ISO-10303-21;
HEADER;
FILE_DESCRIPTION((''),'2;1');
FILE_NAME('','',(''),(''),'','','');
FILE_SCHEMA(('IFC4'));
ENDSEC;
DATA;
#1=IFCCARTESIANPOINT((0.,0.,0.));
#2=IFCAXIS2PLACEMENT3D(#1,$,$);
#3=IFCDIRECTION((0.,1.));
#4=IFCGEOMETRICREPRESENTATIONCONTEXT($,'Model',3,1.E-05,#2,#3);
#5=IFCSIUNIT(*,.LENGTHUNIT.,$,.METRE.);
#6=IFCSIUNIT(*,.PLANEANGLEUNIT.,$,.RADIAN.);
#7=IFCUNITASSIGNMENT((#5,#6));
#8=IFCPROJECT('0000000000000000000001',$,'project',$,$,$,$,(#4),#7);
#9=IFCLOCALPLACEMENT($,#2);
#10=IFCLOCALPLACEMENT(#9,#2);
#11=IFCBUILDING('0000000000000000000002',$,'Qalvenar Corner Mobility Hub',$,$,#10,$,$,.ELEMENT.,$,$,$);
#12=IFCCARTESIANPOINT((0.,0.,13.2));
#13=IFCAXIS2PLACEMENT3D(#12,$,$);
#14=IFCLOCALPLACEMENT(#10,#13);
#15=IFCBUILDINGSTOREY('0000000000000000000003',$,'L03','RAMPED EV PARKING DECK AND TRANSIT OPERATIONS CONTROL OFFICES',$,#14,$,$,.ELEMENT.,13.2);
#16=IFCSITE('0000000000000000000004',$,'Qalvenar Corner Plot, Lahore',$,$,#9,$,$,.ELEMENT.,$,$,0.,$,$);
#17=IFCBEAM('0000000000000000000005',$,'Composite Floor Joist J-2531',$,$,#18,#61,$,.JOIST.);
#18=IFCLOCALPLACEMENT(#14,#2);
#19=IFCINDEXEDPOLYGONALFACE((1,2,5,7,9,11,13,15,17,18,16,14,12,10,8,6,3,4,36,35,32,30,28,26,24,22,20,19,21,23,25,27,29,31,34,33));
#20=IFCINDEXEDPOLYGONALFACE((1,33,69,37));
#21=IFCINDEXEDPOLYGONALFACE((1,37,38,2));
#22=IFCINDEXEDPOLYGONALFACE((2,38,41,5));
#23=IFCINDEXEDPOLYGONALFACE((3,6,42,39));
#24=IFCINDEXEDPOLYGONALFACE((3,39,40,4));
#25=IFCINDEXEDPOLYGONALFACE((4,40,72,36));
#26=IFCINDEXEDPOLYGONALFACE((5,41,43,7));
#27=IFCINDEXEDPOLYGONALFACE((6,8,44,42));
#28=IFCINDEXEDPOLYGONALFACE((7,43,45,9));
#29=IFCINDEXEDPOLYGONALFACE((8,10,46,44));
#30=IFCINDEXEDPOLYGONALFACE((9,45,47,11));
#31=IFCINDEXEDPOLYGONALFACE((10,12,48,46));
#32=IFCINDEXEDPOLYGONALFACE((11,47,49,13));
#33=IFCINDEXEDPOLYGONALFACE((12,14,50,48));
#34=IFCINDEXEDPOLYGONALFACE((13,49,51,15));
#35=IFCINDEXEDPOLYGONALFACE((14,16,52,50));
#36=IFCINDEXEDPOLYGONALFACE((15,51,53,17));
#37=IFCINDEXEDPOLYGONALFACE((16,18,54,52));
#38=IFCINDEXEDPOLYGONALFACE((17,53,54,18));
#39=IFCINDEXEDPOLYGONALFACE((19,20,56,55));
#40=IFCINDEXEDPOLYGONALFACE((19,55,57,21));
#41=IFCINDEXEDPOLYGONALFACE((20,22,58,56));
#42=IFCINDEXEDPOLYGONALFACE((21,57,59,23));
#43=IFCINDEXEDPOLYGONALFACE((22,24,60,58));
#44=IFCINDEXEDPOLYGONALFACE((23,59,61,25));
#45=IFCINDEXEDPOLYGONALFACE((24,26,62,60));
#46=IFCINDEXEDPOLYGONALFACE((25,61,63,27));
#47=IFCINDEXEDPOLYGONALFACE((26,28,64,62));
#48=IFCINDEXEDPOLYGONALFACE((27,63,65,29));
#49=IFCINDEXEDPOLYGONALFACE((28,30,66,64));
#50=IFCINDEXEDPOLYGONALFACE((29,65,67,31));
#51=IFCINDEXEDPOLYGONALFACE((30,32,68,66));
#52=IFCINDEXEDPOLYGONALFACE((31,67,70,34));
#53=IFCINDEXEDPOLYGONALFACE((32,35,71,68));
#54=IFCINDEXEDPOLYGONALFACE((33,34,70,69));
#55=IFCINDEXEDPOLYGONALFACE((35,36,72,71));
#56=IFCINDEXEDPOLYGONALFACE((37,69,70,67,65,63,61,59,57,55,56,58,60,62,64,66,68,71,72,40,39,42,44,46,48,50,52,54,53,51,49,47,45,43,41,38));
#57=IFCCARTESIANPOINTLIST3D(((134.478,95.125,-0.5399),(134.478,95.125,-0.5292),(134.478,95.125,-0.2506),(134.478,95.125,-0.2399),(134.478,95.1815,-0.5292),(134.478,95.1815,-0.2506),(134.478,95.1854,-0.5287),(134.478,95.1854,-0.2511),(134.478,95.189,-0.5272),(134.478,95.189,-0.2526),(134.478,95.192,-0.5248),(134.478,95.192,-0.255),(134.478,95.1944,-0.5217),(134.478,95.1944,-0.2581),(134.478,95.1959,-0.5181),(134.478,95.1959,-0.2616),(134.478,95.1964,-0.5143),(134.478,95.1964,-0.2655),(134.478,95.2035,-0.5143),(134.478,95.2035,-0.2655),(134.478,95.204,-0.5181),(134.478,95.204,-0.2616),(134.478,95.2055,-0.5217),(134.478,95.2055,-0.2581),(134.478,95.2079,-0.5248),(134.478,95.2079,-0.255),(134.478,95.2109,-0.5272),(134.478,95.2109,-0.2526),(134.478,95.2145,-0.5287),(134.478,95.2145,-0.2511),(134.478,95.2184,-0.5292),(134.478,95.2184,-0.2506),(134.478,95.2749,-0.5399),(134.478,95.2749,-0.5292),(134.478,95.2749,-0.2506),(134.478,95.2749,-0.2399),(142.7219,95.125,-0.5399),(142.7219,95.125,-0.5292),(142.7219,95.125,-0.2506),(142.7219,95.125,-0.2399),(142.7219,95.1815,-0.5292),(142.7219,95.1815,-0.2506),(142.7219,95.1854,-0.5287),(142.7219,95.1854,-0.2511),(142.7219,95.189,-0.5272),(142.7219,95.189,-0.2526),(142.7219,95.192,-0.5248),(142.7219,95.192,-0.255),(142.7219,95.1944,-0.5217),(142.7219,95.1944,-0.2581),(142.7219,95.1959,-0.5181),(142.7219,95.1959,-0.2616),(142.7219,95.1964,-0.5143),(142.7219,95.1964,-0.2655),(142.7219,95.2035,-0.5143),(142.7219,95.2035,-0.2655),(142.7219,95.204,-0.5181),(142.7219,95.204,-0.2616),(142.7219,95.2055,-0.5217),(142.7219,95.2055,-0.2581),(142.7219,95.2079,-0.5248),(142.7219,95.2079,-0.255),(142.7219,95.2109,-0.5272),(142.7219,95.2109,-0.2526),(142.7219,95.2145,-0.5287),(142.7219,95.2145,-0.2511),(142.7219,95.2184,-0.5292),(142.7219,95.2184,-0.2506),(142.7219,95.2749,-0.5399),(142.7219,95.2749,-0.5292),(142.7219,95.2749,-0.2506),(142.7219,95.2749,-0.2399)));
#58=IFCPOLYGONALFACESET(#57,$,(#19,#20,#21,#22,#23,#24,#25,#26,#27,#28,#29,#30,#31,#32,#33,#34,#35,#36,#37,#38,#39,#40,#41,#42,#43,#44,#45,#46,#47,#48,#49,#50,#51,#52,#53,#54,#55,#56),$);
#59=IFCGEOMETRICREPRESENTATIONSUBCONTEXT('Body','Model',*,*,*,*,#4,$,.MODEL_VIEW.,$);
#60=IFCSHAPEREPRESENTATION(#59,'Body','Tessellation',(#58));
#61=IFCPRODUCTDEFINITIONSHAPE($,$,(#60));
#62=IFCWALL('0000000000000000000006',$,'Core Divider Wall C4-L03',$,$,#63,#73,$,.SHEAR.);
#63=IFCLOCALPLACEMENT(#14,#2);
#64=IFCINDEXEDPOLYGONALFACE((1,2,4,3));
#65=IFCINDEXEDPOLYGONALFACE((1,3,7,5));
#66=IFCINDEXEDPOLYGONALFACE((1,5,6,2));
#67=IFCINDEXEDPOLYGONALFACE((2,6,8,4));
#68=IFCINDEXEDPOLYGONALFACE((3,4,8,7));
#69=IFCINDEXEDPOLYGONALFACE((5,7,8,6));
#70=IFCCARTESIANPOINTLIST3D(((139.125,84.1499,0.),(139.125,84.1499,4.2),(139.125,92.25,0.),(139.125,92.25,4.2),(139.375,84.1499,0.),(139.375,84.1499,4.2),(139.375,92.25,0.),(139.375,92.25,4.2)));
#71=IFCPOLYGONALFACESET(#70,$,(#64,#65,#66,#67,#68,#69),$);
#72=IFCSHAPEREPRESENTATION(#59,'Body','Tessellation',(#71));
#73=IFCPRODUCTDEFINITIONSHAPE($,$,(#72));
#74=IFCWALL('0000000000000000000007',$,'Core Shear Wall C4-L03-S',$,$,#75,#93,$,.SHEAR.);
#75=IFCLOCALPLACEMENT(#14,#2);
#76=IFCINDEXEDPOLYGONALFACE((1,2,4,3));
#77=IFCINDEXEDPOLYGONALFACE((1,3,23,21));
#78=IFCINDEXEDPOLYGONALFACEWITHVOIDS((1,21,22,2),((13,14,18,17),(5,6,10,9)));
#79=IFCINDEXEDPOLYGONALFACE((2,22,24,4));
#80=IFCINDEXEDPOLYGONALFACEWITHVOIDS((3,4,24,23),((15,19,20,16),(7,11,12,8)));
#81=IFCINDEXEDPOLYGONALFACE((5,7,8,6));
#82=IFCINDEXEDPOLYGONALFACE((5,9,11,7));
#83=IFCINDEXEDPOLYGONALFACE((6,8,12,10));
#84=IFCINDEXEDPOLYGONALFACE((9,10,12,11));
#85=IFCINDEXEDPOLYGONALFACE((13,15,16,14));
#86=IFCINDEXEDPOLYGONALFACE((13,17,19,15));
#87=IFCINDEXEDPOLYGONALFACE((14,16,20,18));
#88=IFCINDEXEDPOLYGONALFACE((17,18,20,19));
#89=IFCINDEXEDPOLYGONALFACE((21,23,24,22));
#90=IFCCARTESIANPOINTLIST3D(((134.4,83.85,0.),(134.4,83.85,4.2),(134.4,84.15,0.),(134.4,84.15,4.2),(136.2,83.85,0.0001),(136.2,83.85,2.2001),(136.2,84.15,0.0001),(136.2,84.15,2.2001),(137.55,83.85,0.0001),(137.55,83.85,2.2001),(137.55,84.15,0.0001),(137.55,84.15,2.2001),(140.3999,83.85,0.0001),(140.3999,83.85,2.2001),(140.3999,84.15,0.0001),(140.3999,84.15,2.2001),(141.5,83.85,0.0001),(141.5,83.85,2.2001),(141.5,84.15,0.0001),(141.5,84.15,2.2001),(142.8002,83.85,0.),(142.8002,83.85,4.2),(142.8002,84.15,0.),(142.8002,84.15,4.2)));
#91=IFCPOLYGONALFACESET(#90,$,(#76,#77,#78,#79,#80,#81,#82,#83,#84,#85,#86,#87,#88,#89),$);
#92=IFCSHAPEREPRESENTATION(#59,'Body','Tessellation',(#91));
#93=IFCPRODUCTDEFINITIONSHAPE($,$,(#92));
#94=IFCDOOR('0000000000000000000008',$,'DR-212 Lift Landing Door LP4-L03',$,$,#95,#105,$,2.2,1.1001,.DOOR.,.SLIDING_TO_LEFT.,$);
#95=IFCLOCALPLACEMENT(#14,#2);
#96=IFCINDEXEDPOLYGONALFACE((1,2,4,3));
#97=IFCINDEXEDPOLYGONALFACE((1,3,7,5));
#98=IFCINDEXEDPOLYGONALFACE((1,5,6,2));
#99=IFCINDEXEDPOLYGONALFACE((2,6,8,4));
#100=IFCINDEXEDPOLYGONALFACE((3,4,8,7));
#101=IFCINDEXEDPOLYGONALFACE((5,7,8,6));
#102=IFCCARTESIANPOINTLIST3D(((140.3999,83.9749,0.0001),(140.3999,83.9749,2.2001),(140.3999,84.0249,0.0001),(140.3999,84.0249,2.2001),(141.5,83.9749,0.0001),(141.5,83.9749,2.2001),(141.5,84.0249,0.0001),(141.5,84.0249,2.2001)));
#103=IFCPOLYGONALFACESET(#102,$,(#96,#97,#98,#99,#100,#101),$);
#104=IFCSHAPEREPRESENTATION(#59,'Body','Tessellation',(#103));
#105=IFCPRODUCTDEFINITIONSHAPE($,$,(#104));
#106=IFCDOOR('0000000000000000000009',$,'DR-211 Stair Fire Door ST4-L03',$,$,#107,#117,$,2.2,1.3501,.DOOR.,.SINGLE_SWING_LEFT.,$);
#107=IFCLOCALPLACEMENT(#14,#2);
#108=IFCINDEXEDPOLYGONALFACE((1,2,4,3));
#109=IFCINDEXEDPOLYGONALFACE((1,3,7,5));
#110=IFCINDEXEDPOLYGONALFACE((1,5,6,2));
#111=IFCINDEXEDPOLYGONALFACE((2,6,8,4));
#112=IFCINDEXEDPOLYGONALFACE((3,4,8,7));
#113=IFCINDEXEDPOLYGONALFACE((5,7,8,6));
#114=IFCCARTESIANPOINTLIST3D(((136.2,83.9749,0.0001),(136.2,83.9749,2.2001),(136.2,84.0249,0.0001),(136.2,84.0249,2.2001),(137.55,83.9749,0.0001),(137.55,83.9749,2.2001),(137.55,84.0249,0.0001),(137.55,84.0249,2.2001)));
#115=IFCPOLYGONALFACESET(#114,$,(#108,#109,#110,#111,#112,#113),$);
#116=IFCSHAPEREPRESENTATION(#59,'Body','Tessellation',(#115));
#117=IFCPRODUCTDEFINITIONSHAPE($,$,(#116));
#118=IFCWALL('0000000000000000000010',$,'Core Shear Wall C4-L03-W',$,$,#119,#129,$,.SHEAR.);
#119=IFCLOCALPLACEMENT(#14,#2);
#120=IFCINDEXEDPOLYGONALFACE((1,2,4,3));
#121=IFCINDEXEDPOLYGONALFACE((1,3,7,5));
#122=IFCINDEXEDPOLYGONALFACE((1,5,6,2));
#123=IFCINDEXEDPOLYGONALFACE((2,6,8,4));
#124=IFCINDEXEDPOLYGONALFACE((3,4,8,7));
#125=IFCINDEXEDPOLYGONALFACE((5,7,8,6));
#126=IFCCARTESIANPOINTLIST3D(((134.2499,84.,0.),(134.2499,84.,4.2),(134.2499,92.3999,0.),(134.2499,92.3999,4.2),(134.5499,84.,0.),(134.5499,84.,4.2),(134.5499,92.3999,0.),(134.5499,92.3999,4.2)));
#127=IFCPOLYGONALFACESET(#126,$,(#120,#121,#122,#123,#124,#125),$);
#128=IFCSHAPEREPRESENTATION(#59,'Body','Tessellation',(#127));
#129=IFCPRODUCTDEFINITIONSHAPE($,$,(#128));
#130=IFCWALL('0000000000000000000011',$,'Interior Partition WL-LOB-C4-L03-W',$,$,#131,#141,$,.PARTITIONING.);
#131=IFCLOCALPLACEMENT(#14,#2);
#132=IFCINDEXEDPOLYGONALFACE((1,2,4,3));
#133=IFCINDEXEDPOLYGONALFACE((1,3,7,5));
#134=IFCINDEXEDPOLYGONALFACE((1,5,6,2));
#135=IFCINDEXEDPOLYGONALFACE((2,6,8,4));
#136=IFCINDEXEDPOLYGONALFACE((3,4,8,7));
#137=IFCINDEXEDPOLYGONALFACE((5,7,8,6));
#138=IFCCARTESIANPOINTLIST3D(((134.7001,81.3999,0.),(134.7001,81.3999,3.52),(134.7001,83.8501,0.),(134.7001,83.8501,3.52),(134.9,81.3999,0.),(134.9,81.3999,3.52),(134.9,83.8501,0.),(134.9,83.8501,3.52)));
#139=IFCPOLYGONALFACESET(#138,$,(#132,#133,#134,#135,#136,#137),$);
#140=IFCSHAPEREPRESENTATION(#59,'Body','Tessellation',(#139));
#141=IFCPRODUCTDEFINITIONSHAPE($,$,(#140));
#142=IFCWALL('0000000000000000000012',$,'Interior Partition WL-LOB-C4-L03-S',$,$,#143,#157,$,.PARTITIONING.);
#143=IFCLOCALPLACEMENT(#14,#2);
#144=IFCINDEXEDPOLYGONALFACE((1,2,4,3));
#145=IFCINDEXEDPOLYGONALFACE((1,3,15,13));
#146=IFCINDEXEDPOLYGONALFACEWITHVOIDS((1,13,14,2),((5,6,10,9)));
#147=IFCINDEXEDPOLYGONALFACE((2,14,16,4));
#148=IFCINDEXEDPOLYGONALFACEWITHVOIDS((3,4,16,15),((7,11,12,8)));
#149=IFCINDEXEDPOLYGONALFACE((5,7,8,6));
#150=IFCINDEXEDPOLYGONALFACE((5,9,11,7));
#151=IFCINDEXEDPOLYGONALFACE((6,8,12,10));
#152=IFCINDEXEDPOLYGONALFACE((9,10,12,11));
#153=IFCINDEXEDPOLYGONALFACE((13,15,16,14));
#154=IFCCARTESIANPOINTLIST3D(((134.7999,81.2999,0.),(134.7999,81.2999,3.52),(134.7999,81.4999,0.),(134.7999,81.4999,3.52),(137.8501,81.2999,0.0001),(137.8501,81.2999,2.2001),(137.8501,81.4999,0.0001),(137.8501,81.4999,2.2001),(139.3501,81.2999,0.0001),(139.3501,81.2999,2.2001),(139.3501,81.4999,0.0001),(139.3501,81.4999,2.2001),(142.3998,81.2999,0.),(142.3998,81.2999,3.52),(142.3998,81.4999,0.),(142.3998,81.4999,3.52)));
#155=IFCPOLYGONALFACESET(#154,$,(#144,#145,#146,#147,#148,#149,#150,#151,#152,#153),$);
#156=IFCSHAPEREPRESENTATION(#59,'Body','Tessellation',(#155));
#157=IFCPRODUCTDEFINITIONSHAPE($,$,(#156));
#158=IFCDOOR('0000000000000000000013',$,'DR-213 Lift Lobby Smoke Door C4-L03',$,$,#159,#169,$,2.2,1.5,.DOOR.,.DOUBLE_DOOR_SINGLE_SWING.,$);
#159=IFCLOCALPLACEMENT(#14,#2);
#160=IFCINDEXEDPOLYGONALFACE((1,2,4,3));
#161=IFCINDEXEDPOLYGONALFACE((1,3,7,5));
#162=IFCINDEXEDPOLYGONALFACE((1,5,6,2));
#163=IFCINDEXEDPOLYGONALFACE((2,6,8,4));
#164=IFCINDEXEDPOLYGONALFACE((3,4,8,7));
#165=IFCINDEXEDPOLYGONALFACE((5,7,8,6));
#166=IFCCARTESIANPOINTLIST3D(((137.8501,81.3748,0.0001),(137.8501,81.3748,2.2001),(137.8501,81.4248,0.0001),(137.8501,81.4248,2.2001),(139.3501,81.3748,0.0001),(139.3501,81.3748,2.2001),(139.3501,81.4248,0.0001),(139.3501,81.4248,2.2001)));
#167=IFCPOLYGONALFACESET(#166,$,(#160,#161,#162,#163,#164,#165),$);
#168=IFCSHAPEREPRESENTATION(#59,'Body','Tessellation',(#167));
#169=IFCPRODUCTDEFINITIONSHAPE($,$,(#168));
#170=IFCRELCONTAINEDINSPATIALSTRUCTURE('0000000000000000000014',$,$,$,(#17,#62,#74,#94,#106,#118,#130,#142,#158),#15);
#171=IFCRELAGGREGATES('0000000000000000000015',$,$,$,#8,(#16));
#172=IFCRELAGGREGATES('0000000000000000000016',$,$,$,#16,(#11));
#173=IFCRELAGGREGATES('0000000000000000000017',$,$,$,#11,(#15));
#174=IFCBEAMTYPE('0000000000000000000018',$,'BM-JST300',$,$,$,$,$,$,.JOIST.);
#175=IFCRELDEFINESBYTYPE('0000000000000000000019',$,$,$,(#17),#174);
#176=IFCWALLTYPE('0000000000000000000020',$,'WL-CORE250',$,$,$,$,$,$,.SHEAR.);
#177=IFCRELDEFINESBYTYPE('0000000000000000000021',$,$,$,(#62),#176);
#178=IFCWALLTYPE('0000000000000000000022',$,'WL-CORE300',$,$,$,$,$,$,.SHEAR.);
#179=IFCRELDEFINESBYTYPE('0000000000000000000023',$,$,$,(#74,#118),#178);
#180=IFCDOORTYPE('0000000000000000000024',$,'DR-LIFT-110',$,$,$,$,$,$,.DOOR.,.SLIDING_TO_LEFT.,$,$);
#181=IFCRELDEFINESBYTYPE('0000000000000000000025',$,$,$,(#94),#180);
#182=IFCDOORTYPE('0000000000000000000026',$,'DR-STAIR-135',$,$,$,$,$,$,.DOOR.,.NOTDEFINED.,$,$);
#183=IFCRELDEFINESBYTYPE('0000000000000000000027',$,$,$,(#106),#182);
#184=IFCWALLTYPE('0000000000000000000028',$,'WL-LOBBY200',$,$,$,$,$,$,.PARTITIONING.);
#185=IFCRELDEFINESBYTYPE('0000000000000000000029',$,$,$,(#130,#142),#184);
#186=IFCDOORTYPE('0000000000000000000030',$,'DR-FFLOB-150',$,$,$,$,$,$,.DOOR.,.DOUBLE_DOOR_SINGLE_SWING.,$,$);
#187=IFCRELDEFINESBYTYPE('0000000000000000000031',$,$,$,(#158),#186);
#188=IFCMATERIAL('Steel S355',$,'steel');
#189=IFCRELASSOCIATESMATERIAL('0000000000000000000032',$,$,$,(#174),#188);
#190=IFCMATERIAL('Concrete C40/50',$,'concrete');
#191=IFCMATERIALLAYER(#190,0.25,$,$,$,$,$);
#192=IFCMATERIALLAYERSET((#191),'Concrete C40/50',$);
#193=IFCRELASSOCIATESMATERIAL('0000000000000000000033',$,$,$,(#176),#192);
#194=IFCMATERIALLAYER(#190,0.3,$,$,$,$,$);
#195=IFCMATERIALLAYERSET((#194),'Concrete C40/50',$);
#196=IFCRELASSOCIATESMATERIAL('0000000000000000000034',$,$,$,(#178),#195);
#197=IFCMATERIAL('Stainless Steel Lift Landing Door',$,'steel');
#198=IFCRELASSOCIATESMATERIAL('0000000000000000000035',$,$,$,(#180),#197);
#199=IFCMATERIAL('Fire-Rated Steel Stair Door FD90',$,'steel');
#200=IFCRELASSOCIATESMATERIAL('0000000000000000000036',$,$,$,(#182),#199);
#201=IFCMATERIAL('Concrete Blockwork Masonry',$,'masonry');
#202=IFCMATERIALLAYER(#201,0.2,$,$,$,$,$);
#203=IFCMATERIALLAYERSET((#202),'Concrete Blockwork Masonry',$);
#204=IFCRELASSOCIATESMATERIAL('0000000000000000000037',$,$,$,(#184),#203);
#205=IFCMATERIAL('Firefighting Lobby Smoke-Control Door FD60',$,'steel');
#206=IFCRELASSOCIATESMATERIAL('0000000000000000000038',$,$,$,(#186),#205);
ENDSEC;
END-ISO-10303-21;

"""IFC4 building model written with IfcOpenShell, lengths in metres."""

from ifc_helpers import new_model, si_unit, direction, frame, frame_2d, origin, origin_2d, place, context, subcontext, project, spatial, rectangle, i_section, extrude, material, layer, layer_set, material_profile, profile_set, type_object, element, fill, save


model = new_model("IFC4")

# Units and contexts
model_context = context("Model", 3, precision=1e-05, world=origin(), true_north=direction((0.0, 1.0)))
body_context = subcontext(model_context, "Body", "Model", "MODEL_VIEW")
ifc_project = project(units=[si_unit("LENGTHUNIT", "METRE"), si_unit("PLANEANGLEUNIT", "RADIAN")], contexts=[model_context])

# Site, building, storey
site_placement = place(None, origin())
site = spatial("IfcSite", under=ifc_project, at=site_placement, Name="Qalvenar Corner Plot, Lahore", CompositionType="ELEMENT", RefElevation=0.0)
building_placement = place(site_placement, origin())
building = spatial("IfcBuilding", under=site, at=building_placement, Name="Qalvenar Corner Mobility Hub", CompositionType="ELEMENT")
storey_placement = place(building_placement, frame((0.0, 0.0, 13.2)))
storey = spatial("IfcBuildingStorey", under=building, at=storey_placement, Name="L03", Description="RAMPED EV PARKING DECK AND TRANSIT OPERATIONS CONTROL OFFICES", CompositionType="ELEMENT", Elevation=13.2)

# Shared definitions
ifc_material_1 = material(Name="Steel S355", Category="steel")

# Beam
ifc_material_profile_1 = material_profile(ifc_material_1, i_section(OverallWidth=0.1499, OverallDepth=0.3, WebThickness=0.0071, FlangeThickness=0.0107, FilletRadius=0.0149, at=origin_2d()), Name="IPE300")
ifc_profile_set_1 = profile_set([ifc_material_profile_1], Name="Steel S355")
beam_type_1 = type_object("IfcBeamType", Name="BM-JST300", PredefinedType="JOIST", material=ifc_profile_set_1)
for number, where, z_axis, x_axis, name in (
    (1, (134.478, 95.2, -0.3899), (1.0, 0.0, 0.0), (0.0, 1.0, 0.0), "Composite Floor Joist J-2531"),
):
    element("IfcBeam", number, at=place(storey_placement, frame(where, z_axis=z_axis, x_axis=x_axis)), inside=storey, type_object=beam_type_1, Name=name, PredefinedType="JOIST", context=body_context, shape_type="SweptSolid", body=[
        extrude(i_section(OverallWidth=0.1499, OverallDepth=0.3, WebThickness=0.0071, FlangeThickness=0.0107, FilletRadius=0.0149, at=origin_2d()), origin(), (0.0, 0.0, 1.0), 8.2439),
    ])

# Wall
ifc_material_2 = material(Name="Concrete C40/50", Category="concrete")
ifc_layer_1 = layer(ifc_material_2, 0.25)
ifc_layer_set_1 = layer_set([ifc_layer_1], Name="Concrete C40/50")
wall_type_1 = type_object("IfcWallType", Name="WL-CORE250", PredefinedType="SHEAR", material=ifc_layer_set_1)
wall_1_placement = place(storey_placement, frame((139.25, 84.1499, 0.0), z_axis=(0.0, 0.0, 1.0), x_axis=(0.0, 1.0, 0.0)))
element("IfcWall", 2, at=wall_1_placement, inside=storey, type_object=wall_type_1, Name="Core Divider Wall C4-L03", PredefinedType="SHEAR", context=body_context, shape_type="SweptSolid", body=[
    extrude(rectangle(XDim=8.1001, YDim=0.25, at=frame_2d((4.05, 0.0))), origin(), (0.0, 0.0, 1.0), 4.2),
])

# Wall, openings, doors
ifc_layer_2 = layer(ifc_material_2, 0.3)
ifc_layer_set_2 = layer_set([ifc_layer_2], Name="Concrete C40/50")
wall_type_2 = type_object("IfcWallType", Name="WL-CORE300", PredefinedType="SHEAR", material=ifc_layer_set_2)
wall_2_placement = place(storey_placement, frame((134.3999, 84.0, 0.0), z_axis=(0.0, 0.0, 1.0), x_axis=(1.0, 0.0, 0.0)))
wall_2 = element("IfcWall", 3, at=wall_2_placement, inside=storey, type_object=wall_type_2, Name="Core Shear Wall C4-L03-S", PredefinedType="SHEAR", context=body_context, shape_type="SweptSolid", body=[
    extrude(rectangle(XDim=8.4001, YDim=0.3, at=frame_2d((4.2002, 0.0))), origin(), (0.0, 0.0, 1.0), 4.2),
])
opening_1_placement = place(wall_2_placement, frame((1.8, 0.0, 0.0)))
opening_1 = element("IfcOpeningElement", 4, at=opening_1_placement, cuts=wall_2, PredefinedType="OPENING", context=body_context, shape_type="SweptSolid", body=[
    extrude(rectangle(XDim=1.3501, YDim=2.2, at=frame_2d((0.675, 1.1001))), frame((0.0, 0.1602, 0.0), z_axis=(0.0, -1.0, 0.0), x_axis=(1.0, 0.0, 0.0)), (0.0, 0.0, 1.0), 0.3201),
])
opening_2_placement = place(wall_2_placement, frame((6.0, 0.0, 0.0)))
opening_2 = element("IfcOpeningElement", 5, at=opening_2_placement, cuts=wall_2, PredefinedType="OPENING", context=body_context, shape_type="SweptSolid", body=[
    extrude(rectangle(XDim=1.1001, YDim=2.2, at=frame_2d((0.55, 1.1001))), frame((0.0, 0.1602, 0.0), z_axis=(0.0, -1.0, 0.0), x_axis=(1.0, 0.0, 0.0)), (0.0, 0.0, 1.0), 0.3201),
])
ifc_material_3 = material(Name="Stainless Steel Lift Landing Door", Category="steel")
door_type_1 = type_object("IfcDoorType", Name="DR-LIFT-110", OperationType="SLIDING_TO_LEFT", PredefinedType="DOOR", material=ifc_material_3)
door_1_placement = place(opening_2_placement, origin())
door_1 = element("IfcDoor", 6, at=door_1_placement, inside=storey, type_object=door_type_1, Name="DR-212 Lift Landing Door LP4-L03", OperationType="SLIDING_TO_LEFT", OverallHeight=2.2, OverallWidth=1.1001, PredefinedType="DOOR", context=body_context, shape_type="SweptSolid", body=[
    extrude(rectangle(XDim=1.1001, YDim=2.2, at=frame_2d((0.55, 1.1001))), frame((0.0, 0.0249, 0.0), z_axis=(0.0, -1.0, 0.0), x_axis=(1.0, 0.0, 0.0)), (0.0, 0.0, 1.0), 0.05),
])
fill(opening_2, door_1)
ifc_material_4 = material(Name="Fire-Rated Steel Stair Door FD90", Category="steel")
door_type_2 = type_object("IfcDoorType", Name="DR-STAIR-135", OperationType="NOTDEFINED", PredefinedType="DOOR", material=ifc_material_4)
door_2_placement = place(opening_1_placement, origin())
door_2 = element("IfcDoor", 7, at=door_2_placement, inside=storey, type_object=door_type_2, Name="DR-211 Stair Fire Door ST4-L03", OperationType="SINGLE_SWING_LEFT", OverallHeight=2.2, OverallWidth=1.3501, PredefinedType="DOOR", context=body_context, shape_type="SweptSolid", body=[
    extrude(rectangle(XDim=1.3501, YDim=2.2, at=frame_2d((0.675, 1.1001))), frame((0.0, 0.0249, 0.0), z_axis=(0.0, -1.0, 0.0), x_axis=(1.0, 0.0, 0.0)), (0.0, 0.0, 1.0), 0.05),
])
fill(opening_1, door_2)

# Walls
wall_3_placement = place(storey_placement, frame((134.3999, 92.3999, 0.0), z_axis=(0.0, 0.0, 1.0), x_axis=(0.0, -1.0, 0.0)))
element("IfcWall", 8, at=wall_3_placement, inside=storey, type_object=wall_type_2, Name="Core Shear Wall C4-L03-W", PredefinedType="SHEAR", context=body_context, shape_type="SweptSolid", body=[
    extrude(rectangle(XDim=8.3999, YDim=0.3, at=frame_2d((4.2, 0.0))), origin(), (0.0, 0.0, 1.0), 4.2),
])
ifc_material_5 = material(Name="Concrete Blockwork Masonry", Category="masonry")
ifc_layer_3 = layer(ifc_material_5, 0.2)
ifc_layer_set_3 = layer_set([ifc_layer_3], Name="Concrete Blockwork Masonry")
wall_type_3 = type_object("IfcWallType", Name="WL-LOBBY200", PredefinedType="PARTITIONING", material=ifc_layer_set_3)
wall_4_placement = place(storey_placement, frame((134.8, 81.3999, 0.0), z_axis=(0.0, 0.0, 1.0), x_axis=(0.0, 1.0, 0.0)))
element("IfcWall", 9, at=wall_4_placement, inside=storey, type_object=wall_type_3, Name="Interior Partition WL-LOB-C4-L03-W", PredefinedType="PARTITIONING", context=body_context, shape_type="SweptSolid", body=[
    extrude(rectangle(XDim=2.4502, YDim=0.2, at=frame_2d((1.2251, 0.0))), origin(), (0.0, 0.0, 1.0), 3.52),
])

# Wall, opening, door
wall_5_placement = place(storey_placement, frame((134.8, 81.3999, 0.0), z_axis=(0.0, 0.0, 1.0), x_axis=(1.0, 0.0, 0.0)))
wall_5 = element("IfcWall", 10, at=wall_5_placement, inside=storey, type_object=wall_type_3, Name="Interior Partition WL-LOB-C4-L03-S", PredefinedType="PARTITIONING", context=body_context, shape_type="SweptSolid", body=[
    extrude(rectangle(XDim=7.5999, YDim=0.2, at=frame_2d((3.7998, 0.0))), origin(), (0.0, 0.0, 1.0), 3.52),
])
opening_3_placement = place(wall_5_placement, frame((3.05, 0.0, 0.0)))
opening_3 = element("IfcOpeningElement", 11, at=opening_3_placement, cuts=wall_5, PredefinedType="OPENING", context=body_context, shape_type="SweptSolid", body=[
    extrude(rectangle(XDim=1.5, YDim=2.2, at=frame_2d((0.75, 1.1001))), frame((0.0, 0.1099, 0.0), z_axis=(0.0, -1.0, 0.0), x_axis=(1.0, 0.0, 0.0)), (0.0, 0.0, 1.0), 0.22),
])
ifc_material_6 = material(Name="Firefighting Lobby Smoke-Control Door FD60", Category="steel")
door_type_3 = type_object("IfcDoorType", Name="DR-FFLOB-150", OperationType="DOUBLE_DOOR_SINGLE_SWING", PredefinedType="DOOR", material=ifc_material_6)
door_3_placement = place(opening_3_placement, origin())
door_3 = element("IfcDoor", 12, at=door_3_placement, inside=storey, type_object=door_type_3, Name="DR-213 Lift Lobby Smoke Door C4-L03", OperationType="DOUBLE_DOOR_SINGLE_SWING", OverallHeight=2.2, OverallWidth=1.5, PredefinedType="DOOR", context=body_context, shape_type="SweptSolid", body=[
    extrude(rectangle(XDim=1.5, YDim=2.2, at=frame_2d((0.75, 1.1001))), frame((0.0, 0.0249, 0.0), z_axis=(0.0, -1.0, 0.0), x_axis=(1.0, 0.0, 0.0)), (0.0, 0.0, 1.0), 0.05),
])
fill(opening_3, door_3)

save(model, "model.ifc")
